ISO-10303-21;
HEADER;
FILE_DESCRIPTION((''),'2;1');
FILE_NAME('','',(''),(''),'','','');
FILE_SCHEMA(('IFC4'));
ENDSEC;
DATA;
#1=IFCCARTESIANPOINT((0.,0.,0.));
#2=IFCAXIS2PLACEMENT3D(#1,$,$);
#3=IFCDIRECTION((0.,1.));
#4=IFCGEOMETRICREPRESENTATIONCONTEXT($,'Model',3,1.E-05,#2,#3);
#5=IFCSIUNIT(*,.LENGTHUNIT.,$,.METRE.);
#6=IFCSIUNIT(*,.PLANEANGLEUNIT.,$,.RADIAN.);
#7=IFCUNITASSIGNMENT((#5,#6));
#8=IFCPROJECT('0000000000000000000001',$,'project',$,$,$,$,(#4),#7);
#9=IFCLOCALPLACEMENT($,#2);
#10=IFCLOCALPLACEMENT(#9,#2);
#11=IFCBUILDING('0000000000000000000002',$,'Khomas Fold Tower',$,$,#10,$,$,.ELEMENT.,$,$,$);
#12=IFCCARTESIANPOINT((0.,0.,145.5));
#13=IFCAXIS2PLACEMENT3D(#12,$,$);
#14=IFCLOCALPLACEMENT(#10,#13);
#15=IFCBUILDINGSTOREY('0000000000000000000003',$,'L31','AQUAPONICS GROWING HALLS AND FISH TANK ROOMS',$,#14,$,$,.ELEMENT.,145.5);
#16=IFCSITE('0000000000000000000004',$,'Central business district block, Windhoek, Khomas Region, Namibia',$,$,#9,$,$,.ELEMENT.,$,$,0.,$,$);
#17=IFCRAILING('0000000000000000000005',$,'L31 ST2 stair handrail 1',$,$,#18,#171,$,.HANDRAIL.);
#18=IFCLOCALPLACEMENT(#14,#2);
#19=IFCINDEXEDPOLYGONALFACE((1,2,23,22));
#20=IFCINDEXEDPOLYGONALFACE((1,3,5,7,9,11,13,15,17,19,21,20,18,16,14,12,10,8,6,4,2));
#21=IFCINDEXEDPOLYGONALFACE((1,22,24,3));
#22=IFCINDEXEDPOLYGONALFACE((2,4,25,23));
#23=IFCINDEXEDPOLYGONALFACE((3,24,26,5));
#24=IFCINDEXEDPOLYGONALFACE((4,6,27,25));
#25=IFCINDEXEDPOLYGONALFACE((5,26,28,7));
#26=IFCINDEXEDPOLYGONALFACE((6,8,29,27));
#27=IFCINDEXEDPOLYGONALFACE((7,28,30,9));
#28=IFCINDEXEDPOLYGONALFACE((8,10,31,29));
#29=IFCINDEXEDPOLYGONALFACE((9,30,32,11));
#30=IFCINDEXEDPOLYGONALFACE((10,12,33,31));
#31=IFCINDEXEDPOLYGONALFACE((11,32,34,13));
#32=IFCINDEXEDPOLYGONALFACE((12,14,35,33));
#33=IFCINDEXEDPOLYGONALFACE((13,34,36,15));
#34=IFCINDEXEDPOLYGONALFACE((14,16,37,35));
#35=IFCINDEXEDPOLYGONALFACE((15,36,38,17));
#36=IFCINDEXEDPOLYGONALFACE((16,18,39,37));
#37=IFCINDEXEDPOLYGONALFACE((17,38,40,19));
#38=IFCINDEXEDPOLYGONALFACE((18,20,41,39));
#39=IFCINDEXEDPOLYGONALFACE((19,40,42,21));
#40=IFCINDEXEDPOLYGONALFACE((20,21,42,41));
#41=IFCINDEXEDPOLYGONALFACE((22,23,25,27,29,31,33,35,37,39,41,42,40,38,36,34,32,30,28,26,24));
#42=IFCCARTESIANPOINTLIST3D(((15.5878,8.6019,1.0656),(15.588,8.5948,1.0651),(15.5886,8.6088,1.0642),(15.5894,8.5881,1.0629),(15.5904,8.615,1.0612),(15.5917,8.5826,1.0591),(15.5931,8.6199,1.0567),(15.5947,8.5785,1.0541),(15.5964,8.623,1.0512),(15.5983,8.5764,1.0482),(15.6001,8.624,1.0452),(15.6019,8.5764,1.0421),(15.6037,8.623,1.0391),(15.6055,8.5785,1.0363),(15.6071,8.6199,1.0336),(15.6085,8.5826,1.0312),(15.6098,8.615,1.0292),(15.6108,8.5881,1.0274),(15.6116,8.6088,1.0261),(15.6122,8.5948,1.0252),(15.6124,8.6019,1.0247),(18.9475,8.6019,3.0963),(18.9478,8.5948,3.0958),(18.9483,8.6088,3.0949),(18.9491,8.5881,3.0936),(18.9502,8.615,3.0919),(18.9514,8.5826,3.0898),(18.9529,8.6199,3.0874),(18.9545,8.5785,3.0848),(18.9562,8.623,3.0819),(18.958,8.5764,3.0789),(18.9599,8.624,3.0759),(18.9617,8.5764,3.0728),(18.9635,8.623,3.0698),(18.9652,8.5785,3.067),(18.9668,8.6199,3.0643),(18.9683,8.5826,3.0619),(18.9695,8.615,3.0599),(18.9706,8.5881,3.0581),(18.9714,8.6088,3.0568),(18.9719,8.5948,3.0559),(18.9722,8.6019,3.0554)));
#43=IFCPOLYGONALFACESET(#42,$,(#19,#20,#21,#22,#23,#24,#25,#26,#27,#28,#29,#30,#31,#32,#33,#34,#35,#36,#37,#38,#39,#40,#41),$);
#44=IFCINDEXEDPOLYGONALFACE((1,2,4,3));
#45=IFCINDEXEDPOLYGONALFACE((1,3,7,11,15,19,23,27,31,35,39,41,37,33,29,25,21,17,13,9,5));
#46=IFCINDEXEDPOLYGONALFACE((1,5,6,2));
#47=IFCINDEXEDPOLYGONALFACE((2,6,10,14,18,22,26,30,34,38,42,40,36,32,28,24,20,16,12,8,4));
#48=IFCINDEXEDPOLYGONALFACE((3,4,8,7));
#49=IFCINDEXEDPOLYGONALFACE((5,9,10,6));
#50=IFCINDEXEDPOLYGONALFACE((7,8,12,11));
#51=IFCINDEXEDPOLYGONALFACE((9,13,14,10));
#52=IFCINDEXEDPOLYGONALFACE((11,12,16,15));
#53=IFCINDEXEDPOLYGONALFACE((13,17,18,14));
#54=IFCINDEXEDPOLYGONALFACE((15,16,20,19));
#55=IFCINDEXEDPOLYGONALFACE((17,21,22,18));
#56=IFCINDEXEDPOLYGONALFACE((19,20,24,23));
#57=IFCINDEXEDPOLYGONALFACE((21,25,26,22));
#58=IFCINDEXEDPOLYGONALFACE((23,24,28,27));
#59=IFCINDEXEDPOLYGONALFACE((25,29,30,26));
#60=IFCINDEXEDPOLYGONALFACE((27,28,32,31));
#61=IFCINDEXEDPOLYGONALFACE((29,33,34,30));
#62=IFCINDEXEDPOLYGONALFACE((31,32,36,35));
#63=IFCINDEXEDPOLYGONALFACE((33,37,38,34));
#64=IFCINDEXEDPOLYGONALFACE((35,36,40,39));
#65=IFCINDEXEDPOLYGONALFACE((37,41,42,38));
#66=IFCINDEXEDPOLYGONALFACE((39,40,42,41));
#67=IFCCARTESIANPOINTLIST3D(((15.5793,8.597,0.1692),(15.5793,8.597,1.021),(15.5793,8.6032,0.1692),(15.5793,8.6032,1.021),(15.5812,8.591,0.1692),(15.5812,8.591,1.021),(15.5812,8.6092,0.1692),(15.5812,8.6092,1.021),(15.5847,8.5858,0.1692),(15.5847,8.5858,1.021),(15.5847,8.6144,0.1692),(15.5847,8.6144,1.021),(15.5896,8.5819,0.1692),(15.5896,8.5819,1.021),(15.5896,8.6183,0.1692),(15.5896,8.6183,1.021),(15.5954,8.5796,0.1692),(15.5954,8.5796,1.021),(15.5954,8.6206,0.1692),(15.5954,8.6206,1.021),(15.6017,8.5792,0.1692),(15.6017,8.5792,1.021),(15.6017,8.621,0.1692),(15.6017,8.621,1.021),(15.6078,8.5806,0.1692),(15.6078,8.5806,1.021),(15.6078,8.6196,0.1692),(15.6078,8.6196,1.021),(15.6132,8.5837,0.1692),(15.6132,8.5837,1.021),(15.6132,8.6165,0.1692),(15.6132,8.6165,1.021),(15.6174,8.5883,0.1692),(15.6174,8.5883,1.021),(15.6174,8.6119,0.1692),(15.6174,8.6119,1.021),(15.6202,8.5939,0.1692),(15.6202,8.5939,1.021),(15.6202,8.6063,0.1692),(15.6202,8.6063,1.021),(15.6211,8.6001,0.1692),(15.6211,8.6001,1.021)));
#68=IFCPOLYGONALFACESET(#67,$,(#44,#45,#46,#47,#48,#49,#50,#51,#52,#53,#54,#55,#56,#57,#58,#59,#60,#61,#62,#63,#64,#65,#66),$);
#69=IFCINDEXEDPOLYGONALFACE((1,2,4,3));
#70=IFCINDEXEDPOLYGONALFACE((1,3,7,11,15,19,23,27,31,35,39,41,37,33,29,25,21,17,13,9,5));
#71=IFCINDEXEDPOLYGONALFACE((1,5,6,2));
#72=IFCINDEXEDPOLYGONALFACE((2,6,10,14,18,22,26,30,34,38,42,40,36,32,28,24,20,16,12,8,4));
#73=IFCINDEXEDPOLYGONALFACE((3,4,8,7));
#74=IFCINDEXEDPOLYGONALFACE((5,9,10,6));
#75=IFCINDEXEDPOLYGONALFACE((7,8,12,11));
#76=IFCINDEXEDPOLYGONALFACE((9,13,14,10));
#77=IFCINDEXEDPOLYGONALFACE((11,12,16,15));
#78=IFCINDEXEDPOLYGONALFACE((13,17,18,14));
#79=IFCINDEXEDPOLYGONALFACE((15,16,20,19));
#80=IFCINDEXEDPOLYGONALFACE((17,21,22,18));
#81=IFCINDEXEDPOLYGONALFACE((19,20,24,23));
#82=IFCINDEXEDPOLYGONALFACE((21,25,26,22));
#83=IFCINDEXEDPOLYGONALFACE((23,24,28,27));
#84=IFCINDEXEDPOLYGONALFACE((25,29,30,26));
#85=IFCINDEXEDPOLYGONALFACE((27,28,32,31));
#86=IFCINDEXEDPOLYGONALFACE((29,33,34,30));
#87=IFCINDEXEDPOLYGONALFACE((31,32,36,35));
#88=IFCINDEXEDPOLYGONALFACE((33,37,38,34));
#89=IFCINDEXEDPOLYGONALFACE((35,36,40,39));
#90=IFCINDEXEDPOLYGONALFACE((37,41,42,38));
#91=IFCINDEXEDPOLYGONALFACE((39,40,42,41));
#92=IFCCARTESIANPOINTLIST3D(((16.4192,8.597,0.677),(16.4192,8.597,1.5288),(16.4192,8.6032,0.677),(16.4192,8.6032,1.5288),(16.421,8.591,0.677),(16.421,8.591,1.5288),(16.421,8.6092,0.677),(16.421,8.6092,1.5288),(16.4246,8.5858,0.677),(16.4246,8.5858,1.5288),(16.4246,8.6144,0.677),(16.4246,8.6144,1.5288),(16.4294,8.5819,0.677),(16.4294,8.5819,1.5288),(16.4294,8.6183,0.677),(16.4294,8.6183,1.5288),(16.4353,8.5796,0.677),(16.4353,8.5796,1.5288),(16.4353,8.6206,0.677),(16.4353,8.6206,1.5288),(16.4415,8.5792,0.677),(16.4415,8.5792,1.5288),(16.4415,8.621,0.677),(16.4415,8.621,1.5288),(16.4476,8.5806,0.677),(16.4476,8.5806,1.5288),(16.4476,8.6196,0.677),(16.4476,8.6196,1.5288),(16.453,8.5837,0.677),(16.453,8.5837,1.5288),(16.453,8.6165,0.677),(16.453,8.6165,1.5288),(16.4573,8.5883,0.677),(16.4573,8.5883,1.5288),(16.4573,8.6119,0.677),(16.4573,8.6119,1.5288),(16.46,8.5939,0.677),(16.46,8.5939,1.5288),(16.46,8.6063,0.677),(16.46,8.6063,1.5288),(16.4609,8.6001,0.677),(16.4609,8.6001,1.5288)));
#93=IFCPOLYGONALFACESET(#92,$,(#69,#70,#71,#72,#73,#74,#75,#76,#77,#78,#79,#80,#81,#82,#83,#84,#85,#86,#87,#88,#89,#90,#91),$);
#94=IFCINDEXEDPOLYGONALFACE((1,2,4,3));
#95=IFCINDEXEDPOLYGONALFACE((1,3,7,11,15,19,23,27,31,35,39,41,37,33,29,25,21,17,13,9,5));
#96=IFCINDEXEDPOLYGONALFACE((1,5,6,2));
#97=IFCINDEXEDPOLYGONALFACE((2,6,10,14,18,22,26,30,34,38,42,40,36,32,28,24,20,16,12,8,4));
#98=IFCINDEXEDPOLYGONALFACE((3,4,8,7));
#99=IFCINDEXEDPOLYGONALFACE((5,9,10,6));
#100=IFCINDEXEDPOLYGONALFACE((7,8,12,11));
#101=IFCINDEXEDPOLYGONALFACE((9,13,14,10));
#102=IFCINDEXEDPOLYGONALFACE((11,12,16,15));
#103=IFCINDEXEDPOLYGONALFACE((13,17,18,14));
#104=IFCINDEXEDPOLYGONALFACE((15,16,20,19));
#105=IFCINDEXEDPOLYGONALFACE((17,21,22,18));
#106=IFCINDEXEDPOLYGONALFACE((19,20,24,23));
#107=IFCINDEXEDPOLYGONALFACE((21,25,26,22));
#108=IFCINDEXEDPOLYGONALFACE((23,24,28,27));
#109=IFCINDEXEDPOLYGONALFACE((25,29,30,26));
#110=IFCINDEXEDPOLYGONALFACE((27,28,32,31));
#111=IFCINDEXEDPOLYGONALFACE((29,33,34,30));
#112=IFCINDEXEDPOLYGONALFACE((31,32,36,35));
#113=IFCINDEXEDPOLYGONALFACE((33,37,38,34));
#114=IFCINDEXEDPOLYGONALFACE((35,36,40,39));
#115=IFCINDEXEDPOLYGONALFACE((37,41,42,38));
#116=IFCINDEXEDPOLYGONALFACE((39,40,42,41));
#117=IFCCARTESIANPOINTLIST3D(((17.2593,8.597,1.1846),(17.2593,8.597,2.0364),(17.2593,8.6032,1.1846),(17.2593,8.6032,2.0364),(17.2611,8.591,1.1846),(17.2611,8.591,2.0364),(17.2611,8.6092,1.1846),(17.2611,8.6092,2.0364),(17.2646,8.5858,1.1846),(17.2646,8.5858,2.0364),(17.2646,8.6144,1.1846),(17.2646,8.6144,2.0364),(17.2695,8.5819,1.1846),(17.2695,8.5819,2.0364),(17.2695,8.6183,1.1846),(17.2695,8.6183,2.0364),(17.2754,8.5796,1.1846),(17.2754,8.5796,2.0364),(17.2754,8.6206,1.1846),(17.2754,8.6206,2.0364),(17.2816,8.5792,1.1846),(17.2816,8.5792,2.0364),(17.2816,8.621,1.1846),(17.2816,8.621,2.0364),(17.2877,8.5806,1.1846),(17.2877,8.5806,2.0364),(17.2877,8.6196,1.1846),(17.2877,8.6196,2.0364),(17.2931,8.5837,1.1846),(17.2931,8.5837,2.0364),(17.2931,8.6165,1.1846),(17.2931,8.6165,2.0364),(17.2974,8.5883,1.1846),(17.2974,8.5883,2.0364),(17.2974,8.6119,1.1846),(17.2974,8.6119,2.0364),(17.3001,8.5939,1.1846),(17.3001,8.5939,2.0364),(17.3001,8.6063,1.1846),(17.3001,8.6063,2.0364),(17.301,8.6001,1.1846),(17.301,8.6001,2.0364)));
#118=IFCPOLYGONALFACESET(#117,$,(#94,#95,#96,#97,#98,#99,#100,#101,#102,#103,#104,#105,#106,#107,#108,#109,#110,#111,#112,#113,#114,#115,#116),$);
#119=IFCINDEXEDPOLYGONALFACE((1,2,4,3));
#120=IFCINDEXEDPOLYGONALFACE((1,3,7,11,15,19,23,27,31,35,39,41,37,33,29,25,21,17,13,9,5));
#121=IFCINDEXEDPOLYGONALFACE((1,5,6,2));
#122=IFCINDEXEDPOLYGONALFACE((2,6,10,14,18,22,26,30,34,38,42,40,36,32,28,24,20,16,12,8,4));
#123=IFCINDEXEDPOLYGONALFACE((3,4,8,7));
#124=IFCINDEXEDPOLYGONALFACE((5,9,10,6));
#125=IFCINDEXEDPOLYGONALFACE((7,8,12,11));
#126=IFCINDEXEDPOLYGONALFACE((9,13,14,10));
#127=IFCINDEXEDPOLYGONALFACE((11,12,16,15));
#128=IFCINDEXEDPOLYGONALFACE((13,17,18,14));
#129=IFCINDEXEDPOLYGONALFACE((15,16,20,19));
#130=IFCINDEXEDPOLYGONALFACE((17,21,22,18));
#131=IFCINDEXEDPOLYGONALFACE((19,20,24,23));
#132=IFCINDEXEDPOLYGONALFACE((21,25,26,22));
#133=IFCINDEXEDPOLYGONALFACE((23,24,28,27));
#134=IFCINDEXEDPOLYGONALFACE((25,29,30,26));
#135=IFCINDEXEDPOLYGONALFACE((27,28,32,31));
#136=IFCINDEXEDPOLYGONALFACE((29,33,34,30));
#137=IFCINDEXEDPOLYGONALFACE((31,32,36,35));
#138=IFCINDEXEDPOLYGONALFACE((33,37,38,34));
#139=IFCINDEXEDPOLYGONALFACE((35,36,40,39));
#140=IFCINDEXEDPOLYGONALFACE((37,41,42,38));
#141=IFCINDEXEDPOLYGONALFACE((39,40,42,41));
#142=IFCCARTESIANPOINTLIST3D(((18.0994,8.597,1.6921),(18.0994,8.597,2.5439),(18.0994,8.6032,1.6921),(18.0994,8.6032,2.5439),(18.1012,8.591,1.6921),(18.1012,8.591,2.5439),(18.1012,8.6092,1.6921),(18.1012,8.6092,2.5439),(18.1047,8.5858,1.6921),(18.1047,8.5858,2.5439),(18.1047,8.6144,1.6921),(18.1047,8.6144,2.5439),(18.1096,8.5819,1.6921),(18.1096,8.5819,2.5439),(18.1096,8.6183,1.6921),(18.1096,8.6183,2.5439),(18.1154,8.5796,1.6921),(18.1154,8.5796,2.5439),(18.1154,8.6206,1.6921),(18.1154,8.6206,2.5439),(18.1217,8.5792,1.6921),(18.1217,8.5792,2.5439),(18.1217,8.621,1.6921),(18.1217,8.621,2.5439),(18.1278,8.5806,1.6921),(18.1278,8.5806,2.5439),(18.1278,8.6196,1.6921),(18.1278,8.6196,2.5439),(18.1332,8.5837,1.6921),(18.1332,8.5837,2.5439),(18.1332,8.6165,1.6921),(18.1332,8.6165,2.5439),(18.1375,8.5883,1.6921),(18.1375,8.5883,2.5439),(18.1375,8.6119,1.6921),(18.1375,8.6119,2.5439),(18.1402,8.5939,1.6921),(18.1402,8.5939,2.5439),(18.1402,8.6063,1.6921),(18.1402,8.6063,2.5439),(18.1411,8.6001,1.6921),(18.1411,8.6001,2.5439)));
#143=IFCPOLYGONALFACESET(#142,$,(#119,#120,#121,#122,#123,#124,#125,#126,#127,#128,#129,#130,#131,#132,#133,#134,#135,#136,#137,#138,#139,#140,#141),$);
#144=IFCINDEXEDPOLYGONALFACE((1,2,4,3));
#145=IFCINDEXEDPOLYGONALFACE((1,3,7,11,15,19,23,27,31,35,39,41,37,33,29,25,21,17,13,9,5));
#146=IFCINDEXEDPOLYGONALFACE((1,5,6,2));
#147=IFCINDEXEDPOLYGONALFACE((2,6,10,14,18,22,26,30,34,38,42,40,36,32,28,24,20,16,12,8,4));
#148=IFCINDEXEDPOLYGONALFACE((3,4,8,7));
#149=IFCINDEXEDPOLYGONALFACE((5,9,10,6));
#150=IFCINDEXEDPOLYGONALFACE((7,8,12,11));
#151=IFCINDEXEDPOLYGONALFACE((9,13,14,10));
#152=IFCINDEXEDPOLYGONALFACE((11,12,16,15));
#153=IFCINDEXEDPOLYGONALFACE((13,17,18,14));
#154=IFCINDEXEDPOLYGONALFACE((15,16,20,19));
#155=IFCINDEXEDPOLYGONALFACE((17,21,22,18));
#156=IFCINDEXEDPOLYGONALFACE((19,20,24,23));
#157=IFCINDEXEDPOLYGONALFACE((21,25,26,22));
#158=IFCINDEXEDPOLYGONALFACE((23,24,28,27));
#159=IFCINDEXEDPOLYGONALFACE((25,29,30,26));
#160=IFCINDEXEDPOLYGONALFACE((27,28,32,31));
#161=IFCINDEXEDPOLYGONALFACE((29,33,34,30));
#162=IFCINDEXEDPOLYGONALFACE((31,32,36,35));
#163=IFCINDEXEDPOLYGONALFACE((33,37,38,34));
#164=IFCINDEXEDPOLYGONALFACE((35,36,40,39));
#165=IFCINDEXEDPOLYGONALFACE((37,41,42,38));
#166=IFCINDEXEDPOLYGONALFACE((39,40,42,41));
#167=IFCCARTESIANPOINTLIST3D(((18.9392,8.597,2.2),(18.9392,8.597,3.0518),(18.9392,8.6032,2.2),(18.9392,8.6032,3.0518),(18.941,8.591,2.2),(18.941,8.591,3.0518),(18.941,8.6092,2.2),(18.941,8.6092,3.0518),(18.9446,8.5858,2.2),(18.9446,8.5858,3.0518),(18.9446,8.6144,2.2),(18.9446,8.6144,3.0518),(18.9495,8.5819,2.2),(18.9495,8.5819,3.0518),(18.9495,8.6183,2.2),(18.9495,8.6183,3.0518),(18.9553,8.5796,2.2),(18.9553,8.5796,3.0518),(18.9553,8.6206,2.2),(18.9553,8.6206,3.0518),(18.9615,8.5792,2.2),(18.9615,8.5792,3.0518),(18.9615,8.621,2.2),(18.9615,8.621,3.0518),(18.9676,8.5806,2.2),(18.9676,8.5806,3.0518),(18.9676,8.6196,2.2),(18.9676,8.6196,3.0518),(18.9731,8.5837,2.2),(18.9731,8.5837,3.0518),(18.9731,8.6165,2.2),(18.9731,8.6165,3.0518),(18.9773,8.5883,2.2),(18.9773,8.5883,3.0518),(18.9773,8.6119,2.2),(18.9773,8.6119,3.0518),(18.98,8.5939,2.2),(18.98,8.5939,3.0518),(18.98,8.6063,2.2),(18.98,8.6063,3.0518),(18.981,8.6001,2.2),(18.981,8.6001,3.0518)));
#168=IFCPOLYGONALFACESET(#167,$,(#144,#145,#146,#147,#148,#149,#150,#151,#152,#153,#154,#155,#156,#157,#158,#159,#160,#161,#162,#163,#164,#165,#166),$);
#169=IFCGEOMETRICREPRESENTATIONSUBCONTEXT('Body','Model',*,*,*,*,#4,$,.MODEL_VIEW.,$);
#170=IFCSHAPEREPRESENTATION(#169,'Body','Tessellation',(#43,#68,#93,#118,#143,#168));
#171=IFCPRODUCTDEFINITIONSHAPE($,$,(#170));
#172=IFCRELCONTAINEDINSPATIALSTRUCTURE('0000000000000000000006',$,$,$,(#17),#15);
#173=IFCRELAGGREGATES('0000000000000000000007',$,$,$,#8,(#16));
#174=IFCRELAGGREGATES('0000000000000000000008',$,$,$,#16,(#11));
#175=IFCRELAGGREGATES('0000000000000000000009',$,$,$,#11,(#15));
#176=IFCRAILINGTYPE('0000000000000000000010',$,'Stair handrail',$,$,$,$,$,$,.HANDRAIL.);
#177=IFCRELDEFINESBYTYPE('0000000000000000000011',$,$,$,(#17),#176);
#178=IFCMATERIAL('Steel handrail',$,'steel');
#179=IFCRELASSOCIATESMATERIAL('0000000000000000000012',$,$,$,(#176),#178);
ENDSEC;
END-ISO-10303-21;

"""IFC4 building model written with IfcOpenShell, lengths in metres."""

from ifc_helpers import new_model, si_unit, direction, frame, origin, origin_2d, place, context, subcontext, project, spatial, circle, extrude, source, transform, mapped, material, type_object, element, save


model = new_model("IFC4")

# Units and contexts
model_context = context("Model", 3, precision=1e-05, world=origin(), true_north=direction((0.0, 1.0)))
body_context = subcontext(model_context, "Body", "Model", "MODEL_VIEW")
ifc_project = project(units=[si_unit("LENGTHUNIT", "METRE"), si_unit("PLANEANGLEUNIT", "RADIAN")], contexts=[model_context])

# Site, building, storey
site_placement = place(None, origin())
site = spatial("IfcSite", under=ifc_project, at=site_placement, Name="Central business district block, Windhoek, Khomas Region, Namibia", CompositionType="ELEMENT", RefElevation=0.0)
building_placement = place(site_placement, origin())
building = spatial("IfcBuilding", under=site, at=building_placement, Name="Khomas Fold Tower", CompositionType="ELEMENT")
storey_placement = place(building_placement, frame((0.0, 0.0, 145.5)))
storey = spatial("IfcBuildingStorey", under=building, at=storey_placement, Name="L31", Description="AQUAPONICS GROWING HALLS AND FISH TANK ROOMS", CompositionType="ELEMENT", Elevation=145.5)

# Railing
ifc_material_1 = material(Name="Steel handrail", Category="steel")
railing_type_1 = type_object("IfcRailingType", Name="Stair handrail", PredefinedType="HANDRAIL", material=ifc_material_1)
shared_shape_1 = source(origin(), body_context, "Body", "SweptSolid", [
    extrude(circle(Radius=0.0239, at=origin_2d()), frame((0.0, 0.0, 0.876), z_axis=(0.85582, 0.0, 0.517273), x_axis=(0.0, 1.0, 0.0)), (0.0, 0.0, 1.0), 3.9258),
    extrude(circle(Radius=0.021, at=origin_2d()), origin(), (0.0, 0.0, 1.0), 0.8518),
    extrude(circle(Radius=0.021, at=origin_2d()), frame((0.8398, 0.0, 0.5078)), (0.0, 0.0, 1.0), 0.8518),
    extrude(circle(Radius=0.021, at=origin_2d()), frame((1.6799, 0.0, 1.0154)), (0.0, 0.0, 1.0), 0.8518),
    extrude(circle(Radius=0.021, at=origin_2d()), frame((2.52, 0.0, 1.5229)), (0.0, 0.0, 1.0), 0.8518),
    extrude(circle(Radius=0.021, at=origin_2d()), frame((3.3599, 0.0, 2.0308)), (0.0, 0.0, 1.0), 0.8518),
])
railing_1_placement = place(storey_placement, frame((15.6001, 8.6001, 0.1692)))
element("IfcRailing", 1, at=railing_1_placement, inside=storey, type_object=railing_type_1, Name="L31 ST2 stair handrail 1", PredefinedType="HANDRAIL", context=body_context, shape_type="MappedRepresentation", body=[
    mapped(shared_shape_1, transform((0.0, 0.0, 0.0))),
])

save(model, "model.ifc")
